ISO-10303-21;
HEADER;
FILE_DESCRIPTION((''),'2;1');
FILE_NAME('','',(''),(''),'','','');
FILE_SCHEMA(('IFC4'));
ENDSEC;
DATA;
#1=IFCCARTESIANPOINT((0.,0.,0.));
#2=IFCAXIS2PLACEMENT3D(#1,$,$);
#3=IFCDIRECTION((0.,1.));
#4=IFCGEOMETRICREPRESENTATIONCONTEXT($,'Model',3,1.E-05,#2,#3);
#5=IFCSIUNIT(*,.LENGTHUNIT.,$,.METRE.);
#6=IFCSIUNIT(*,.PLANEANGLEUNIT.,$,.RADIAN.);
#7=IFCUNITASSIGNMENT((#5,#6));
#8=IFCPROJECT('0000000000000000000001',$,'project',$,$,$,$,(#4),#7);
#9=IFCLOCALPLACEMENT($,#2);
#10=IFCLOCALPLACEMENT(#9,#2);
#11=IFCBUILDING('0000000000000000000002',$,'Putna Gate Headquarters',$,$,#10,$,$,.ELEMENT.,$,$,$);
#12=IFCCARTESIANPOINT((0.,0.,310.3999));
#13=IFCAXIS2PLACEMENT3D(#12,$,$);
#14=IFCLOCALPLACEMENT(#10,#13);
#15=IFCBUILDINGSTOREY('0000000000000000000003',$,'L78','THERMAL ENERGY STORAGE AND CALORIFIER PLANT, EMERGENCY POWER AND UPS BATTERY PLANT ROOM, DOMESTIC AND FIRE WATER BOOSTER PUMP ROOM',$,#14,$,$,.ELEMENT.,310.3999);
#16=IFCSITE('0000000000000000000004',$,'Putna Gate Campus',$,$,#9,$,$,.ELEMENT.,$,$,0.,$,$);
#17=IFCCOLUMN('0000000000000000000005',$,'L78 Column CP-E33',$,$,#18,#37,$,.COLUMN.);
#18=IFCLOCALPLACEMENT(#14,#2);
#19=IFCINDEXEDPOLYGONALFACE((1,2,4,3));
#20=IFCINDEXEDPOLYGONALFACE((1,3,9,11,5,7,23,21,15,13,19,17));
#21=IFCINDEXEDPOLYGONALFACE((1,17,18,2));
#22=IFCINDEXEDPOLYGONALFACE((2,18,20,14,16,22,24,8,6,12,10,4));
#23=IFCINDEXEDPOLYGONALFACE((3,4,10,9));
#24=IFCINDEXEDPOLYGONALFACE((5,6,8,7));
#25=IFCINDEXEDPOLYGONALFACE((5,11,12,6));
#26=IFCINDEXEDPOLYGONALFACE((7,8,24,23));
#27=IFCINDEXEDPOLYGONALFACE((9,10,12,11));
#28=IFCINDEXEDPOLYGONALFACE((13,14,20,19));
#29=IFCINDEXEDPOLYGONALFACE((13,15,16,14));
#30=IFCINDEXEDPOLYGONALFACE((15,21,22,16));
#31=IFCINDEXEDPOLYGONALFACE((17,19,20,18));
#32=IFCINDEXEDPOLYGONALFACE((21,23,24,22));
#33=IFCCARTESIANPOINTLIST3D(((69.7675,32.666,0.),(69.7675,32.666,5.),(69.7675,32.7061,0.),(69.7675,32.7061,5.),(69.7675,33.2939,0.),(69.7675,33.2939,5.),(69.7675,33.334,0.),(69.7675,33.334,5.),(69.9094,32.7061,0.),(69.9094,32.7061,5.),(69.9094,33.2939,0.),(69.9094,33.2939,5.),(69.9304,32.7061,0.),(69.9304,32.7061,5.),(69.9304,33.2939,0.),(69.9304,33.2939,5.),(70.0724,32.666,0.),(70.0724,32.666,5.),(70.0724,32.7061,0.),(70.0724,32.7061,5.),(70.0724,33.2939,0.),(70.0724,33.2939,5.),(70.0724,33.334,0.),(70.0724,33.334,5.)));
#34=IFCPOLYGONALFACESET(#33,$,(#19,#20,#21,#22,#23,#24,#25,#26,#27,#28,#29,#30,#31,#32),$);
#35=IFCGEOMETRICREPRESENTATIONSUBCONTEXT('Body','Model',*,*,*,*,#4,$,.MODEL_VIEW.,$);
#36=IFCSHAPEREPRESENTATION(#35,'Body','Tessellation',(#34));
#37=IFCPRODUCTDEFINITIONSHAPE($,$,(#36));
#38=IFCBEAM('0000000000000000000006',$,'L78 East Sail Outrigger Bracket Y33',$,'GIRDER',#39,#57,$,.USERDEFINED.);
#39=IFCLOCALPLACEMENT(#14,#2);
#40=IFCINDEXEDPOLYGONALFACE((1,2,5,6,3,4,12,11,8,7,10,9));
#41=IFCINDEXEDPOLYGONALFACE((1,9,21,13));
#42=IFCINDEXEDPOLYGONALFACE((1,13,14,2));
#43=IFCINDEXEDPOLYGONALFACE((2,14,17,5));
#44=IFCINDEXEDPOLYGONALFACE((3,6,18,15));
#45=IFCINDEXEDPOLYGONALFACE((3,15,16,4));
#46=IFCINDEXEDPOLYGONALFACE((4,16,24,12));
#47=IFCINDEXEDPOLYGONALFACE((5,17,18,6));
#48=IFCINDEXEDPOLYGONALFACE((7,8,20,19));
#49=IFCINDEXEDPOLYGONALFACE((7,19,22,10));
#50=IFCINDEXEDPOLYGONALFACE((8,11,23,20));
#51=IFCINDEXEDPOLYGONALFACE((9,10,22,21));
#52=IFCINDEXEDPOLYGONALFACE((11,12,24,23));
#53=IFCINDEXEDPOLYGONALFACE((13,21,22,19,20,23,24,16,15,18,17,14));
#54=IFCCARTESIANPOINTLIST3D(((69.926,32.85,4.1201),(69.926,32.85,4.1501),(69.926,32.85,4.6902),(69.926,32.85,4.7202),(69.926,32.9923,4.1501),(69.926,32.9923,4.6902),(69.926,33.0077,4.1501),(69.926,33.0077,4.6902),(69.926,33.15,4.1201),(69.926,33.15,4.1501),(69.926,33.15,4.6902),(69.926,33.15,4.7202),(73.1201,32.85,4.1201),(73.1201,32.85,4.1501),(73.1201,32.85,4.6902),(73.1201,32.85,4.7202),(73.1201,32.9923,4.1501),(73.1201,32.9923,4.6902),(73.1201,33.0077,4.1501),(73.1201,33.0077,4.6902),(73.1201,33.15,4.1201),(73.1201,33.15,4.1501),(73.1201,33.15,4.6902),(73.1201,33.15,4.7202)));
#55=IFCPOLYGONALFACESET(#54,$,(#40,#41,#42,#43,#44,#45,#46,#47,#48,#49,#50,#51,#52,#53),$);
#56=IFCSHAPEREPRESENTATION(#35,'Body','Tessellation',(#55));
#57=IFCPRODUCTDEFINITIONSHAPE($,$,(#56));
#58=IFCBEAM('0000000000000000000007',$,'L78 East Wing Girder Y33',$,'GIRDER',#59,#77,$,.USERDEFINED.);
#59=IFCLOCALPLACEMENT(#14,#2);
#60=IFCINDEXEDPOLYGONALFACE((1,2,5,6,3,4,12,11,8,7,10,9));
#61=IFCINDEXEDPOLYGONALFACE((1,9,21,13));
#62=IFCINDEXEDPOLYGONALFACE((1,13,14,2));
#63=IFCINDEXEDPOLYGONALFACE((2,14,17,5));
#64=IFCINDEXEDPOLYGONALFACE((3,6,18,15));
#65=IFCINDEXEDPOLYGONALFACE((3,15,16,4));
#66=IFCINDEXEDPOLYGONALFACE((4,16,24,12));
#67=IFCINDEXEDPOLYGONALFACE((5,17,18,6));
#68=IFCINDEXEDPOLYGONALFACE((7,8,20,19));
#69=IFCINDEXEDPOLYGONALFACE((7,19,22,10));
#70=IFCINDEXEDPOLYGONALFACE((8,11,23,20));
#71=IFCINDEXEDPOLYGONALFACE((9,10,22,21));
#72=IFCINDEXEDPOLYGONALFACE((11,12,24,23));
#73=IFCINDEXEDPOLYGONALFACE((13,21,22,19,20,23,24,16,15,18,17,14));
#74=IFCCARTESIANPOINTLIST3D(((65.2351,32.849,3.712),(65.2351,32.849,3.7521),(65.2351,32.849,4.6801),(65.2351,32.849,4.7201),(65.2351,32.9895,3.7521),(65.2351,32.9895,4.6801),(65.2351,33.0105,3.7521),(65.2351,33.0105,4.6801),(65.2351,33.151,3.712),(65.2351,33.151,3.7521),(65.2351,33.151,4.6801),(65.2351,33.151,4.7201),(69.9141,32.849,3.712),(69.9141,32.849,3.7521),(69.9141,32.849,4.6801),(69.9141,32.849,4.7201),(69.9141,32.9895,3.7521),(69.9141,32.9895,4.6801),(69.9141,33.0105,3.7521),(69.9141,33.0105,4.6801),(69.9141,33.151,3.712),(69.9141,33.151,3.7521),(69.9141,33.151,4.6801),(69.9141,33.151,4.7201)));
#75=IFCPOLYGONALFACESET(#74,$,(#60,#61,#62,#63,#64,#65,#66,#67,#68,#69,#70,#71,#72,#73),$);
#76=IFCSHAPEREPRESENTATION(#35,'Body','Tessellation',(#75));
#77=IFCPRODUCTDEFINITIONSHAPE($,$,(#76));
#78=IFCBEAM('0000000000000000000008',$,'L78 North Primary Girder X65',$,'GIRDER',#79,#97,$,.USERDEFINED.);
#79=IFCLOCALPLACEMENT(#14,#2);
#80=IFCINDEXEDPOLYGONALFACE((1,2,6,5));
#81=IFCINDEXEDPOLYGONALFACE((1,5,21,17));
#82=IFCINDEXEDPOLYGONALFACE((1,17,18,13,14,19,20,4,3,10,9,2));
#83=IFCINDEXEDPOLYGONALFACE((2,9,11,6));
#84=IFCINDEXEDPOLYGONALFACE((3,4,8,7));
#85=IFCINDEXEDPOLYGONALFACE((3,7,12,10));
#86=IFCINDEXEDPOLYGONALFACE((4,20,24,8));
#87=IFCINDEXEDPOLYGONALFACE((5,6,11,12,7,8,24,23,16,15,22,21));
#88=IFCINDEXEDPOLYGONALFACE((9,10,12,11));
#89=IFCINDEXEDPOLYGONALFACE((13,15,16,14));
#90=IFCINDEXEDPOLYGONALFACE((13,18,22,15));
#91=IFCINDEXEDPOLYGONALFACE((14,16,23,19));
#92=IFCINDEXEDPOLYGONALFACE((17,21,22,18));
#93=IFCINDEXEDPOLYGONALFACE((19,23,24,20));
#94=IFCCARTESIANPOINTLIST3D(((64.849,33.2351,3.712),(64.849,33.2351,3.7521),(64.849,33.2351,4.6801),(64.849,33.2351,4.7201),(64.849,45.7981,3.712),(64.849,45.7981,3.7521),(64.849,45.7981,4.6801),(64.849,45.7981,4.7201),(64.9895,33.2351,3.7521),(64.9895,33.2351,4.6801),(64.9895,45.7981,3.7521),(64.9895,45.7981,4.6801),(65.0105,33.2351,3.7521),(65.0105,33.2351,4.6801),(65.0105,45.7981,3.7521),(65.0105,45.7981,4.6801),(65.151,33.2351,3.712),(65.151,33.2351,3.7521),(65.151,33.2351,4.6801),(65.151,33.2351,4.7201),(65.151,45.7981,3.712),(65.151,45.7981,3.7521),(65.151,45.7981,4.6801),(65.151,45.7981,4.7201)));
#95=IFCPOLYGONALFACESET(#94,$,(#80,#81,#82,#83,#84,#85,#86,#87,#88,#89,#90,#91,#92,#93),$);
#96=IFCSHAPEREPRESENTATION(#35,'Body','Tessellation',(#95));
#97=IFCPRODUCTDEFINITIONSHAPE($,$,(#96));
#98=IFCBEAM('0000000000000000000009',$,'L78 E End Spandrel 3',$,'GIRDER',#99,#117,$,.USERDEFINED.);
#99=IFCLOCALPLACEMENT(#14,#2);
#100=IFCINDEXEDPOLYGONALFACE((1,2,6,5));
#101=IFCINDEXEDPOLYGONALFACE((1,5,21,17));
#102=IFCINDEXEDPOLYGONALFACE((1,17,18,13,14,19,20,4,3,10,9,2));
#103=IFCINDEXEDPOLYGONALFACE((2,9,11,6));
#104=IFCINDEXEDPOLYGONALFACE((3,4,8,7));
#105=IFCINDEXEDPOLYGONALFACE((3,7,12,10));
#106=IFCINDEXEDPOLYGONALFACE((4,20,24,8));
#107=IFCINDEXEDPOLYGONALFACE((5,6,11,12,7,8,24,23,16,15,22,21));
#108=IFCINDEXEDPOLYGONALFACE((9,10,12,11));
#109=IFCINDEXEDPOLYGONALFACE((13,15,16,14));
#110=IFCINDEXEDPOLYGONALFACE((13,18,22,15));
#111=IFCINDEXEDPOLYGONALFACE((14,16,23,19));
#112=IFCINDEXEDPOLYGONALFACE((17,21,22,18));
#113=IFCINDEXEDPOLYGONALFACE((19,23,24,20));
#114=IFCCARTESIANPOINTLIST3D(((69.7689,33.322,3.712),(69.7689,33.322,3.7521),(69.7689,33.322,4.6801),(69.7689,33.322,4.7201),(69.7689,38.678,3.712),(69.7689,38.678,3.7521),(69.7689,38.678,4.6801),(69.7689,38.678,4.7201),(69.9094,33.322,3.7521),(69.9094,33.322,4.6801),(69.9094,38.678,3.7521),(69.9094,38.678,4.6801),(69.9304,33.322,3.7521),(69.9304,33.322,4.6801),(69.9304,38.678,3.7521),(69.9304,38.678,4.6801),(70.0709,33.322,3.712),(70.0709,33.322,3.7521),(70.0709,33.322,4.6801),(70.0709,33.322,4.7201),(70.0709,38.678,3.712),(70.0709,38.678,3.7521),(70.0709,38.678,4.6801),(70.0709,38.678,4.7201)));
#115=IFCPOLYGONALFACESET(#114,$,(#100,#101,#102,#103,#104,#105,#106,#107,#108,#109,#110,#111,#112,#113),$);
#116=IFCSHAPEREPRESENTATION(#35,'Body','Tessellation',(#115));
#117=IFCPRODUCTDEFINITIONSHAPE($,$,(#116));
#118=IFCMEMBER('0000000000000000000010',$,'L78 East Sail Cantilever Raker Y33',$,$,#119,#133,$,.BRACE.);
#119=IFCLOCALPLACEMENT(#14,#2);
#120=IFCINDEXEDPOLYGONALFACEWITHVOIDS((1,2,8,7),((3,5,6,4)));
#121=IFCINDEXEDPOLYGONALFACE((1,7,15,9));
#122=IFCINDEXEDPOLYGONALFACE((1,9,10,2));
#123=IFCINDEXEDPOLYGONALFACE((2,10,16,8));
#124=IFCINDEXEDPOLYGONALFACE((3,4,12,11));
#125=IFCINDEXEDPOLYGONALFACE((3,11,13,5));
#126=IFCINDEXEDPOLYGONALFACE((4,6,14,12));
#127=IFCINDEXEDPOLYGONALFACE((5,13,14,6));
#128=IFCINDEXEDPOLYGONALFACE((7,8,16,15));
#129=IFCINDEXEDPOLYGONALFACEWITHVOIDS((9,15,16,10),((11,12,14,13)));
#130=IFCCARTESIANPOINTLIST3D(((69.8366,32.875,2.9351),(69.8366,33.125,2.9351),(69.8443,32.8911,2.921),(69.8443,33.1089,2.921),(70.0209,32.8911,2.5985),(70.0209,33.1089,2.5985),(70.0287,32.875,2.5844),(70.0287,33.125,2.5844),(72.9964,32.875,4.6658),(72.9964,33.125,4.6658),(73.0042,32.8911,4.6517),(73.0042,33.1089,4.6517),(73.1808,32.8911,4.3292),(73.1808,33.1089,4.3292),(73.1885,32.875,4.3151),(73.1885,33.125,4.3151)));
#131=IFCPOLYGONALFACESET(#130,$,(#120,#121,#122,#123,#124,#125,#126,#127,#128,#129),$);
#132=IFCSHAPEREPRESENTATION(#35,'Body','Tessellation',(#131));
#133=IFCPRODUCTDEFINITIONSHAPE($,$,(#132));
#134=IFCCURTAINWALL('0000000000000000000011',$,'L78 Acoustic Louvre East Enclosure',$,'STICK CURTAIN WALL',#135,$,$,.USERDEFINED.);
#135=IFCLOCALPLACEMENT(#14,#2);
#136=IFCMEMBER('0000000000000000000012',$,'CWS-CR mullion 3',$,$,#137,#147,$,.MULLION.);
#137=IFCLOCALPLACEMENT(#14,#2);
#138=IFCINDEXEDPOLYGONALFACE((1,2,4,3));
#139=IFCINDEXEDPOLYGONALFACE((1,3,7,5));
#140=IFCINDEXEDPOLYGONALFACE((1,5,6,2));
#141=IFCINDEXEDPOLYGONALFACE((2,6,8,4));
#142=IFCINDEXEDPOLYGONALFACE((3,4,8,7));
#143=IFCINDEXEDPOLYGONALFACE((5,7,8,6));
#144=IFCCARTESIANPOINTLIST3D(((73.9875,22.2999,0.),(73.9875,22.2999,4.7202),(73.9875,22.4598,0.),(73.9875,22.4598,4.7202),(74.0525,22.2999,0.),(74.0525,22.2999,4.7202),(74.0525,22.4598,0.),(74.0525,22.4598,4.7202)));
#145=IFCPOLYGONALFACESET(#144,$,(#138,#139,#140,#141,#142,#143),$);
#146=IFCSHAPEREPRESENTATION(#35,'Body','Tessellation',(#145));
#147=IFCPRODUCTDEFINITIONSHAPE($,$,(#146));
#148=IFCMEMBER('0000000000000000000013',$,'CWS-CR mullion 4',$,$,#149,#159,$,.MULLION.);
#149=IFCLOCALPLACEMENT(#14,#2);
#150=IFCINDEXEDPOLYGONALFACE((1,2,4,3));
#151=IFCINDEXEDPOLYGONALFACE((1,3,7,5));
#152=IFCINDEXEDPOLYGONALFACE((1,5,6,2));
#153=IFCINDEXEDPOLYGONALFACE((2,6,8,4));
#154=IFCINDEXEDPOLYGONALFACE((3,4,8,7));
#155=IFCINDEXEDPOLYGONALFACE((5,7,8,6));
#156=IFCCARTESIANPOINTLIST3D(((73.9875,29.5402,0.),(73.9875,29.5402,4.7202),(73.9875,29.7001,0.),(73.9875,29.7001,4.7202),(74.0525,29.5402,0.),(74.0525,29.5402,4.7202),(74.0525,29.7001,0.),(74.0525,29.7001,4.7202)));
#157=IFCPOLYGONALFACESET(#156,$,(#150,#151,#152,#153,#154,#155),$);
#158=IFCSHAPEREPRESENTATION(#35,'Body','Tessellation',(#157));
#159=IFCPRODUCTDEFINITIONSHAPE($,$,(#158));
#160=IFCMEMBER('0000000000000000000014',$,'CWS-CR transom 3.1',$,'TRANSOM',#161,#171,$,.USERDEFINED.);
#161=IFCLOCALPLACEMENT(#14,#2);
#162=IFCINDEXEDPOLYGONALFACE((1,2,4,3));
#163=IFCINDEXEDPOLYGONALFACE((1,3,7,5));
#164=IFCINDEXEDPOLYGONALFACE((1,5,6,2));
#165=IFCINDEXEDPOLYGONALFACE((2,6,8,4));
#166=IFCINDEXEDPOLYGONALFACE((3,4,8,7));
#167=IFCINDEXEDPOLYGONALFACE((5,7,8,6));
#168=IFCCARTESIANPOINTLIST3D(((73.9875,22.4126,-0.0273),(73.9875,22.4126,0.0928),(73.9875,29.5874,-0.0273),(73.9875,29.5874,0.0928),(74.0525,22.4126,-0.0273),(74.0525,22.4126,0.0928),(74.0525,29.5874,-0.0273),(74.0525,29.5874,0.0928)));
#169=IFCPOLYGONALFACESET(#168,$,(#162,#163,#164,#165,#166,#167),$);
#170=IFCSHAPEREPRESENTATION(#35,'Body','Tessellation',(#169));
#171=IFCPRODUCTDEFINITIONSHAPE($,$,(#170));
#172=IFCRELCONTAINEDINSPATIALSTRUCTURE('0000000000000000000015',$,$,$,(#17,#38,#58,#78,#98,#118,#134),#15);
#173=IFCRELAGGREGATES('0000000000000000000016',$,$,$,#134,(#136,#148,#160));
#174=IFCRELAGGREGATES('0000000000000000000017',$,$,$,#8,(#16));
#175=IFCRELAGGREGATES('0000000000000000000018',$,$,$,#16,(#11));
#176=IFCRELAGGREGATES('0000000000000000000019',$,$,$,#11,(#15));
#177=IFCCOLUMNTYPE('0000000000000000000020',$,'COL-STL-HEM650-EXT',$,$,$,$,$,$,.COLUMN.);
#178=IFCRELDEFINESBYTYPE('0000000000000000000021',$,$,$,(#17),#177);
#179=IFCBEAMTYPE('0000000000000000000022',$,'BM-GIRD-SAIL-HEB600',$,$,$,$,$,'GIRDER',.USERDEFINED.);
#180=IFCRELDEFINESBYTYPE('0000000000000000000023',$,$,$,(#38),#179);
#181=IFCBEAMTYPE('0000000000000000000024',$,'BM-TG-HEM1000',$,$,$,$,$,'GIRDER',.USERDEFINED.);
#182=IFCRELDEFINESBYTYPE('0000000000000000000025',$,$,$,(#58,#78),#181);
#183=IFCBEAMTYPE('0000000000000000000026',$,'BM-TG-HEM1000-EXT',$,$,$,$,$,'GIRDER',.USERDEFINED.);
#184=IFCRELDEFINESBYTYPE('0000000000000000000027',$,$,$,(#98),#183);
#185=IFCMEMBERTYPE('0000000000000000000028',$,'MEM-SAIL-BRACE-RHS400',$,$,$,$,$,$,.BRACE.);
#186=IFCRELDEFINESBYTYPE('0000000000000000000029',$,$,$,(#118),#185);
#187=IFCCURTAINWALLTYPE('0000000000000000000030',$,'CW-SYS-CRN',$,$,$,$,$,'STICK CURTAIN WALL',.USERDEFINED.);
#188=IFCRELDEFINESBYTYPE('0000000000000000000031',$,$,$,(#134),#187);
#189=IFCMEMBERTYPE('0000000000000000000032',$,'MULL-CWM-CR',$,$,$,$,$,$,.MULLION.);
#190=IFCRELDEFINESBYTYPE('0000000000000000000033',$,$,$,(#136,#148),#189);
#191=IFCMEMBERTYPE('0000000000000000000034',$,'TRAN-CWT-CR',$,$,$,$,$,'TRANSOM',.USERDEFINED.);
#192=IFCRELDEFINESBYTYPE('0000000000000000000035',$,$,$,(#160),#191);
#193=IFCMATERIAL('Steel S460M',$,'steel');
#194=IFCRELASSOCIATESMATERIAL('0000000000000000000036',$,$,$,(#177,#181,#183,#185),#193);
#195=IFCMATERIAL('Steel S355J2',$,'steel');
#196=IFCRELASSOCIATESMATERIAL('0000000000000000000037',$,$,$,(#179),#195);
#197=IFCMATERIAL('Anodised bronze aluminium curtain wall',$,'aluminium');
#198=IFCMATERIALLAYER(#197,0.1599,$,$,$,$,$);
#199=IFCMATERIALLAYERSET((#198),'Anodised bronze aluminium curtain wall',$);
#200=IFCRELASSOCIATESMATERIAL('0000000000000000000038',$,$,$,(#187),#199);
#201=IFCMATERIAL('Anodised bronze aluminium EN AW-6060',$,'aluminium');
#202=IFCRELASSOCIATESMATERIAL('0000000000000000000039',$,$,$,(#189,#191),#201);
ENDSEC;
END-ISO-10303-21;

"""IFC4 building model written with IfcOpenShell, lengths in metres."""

from ifc_helpers import new_model, si_unit, direction, frame, origin, origin_2d, place, context, subcontext, project, spatial, rectangle, hollow_rectangle, i_section, extrude, material, layer, layer_set, material_profile, profile_set, type_object, element, aggregate, save


model = new_model("IFC4")

# Units and contexts
model_context = context("Model", 3, precision=1e-05, world=origin(), true_north=direction((0.0, 1.0)))
body_context = subcontext(model_context, "Body", "Model", "MODEL_VIEW")
ifc_project = project(units=[si_unit("LENGTHUNIT", "METRE"), si_unit("PLANEANGLEUNIT", "RADIAN")], contexts=[model_context])

# Site, building, storey
site_placement = place(None, origin())
site = spatial("IfcSite", under=ifc_project, at=site_placement, Name="Putna Gate Campus", CompositionType="ELEMENT", RefElevation=0.0)
building_placement = place(site_placement, origin())
building = spatial("IfcBuilding", under=site, at=building_placement, Name="Putna Gate Headquarters", CompositionType="ELEMENT")
storey_placement = place(building_placement, frame((0.0, 0.0, 310.3999)))
storey = spatial("IfcBuildingStorey", under=building, at=storey_placement, Name="L78", Description="THERMAL ENERGY STORAGE AND CALORIFIER PLANT, EMERGENCY POWER AND UPS BATTERY PLANT ROOM, DOMESTIC AND FIRE WATER BOOSTER PUMP ROOM", CompositionType="ELEMENT", Elevation=310.3999)

# Column
ifc_material_1 = material(Name="Steel S460M", Category="steel")
ifc_material_profile_1 = material_profile(ifc_material_1, i_section(OverallWidth=0.3049, OverallDepth=0.668, WebThickness=0.021, FlangeThickness=0.04, at=origin_2d()), Name="Steel S460M")
ifc_profile_set_1 = profile_set([ifc_material_profile_1], Name="Steel S460M")
column_type = type_object("IfcColumnType", Name="COL-STL-HEM650-EXT", PredefinedType="COLUMN", material=ifc_profile_set_1)
column_placement = place(storey_placement, frame((69.9199, 33.0, 0.0), z_axis=(0.0, 0.0, 1.0), x_axis=(1.0, 0.0, 0.0)))
element("IfcColumn", 1, at=column_placement, inside=storey, type_object=column_type, Name="L78 Column CP-E33", PredefinedType="COLUMN", context=body_context, shape_type="SweptSolid", body=[
    extrude(i_section(OverallWidth=0.3049, OverallDepth=0.668, WebThickness=0.021, FlangeThickness=0.04, at=origin_2d()), origin(), (0.0, 0.0, 1.0), 5.0),
])

# Beams
ifc_material_2 = material(Name="Steel S355J2", Category="steel")
ifc_material_profile_2 = material_profile(ifc_material_2, i_section(OverallWidth=0.3, OverallDepth=0.6001, WebThickness=0.0154, FlangeThickness=0.03, at=origin_2d()), Name="Steel S355J2")
ifc_profile_set_2 = profile_set([ifc_material_profile_2], Name="Steel S355J2")
beam_type_1 = type_object("IfcBeamType", Name="BM-GIRD-SAIL-HEB600", ElementType="GIRDER", PredefinedType="USERDEFINED", material=ifc_profile_set_2)
beam_1_placement = place(storey_placement, frame((69.926, 33.0, 4.4202), z_axis=(1.0, 0.0, 0.0), x_axis=(0.0, 1.0, 0.0)))
element("IfcBeam", 2, at=beam_1_placement, inside=storey, type_object=beam_type_1, Name="L78 East Sail Outrigger Bracket Y33", ObjectType="GIRDER", PredefinedType="USERDEFINED", context=body_context, shape_type="SweptSolid", body=[
    extrude(i_section(OverallWidth=0.3, OverallDepth=0.6001, WebThickness=0.0154, FlangeThickness=0.03, at=origin_2d()), origin(), (0.0, 0.0, 1.0), 3.1941),
])
ifc_material_profile_3 = material_profile(ifc_material_1, i_section(OverallWidth=0.302, OverallDepth=1.0081, WebThickness=0.021, FlangeThickness=0.04, at=origin_2d()), Name="Steel S460M")
ifc_profile_set_3 = profile_set([ifc_material_profile_3], Name="Steel S460M")
beam_type_2 = type_object("IfcBeamType", Name="BM-TG-HEM1000", ElementType="GIRDER", PredefinedType="USERDEFINED", material=ifc_profile_set_3)
beam_2_placement = place(storey_placement, frame((65.2351, 33.0, 4.2161), z_axis=(1.0, 0.0, 0.0), x_axis=(0.0, 1.0, 0.0)))
element("IfcBeam", 3, at=beam_2_placement, inside=storey, type_object=beam_type_2, Name="L78 East Wing Girder Y33", ObjectType="GIRDER", PredefinedType="USERDEFINED", context=body_context, shape_type="SweptSolid", body=[
    extrude(i_section(OverallWidth=0.302, OverallDepth=1.0081, WebThickness=0.021, FlangeThickness=0.04, at=origin_2d()), origin(), (0.0, 0.0, 1.0), 4.679),
])
beam_3_placement = place(storey_placement, frame((65.0, 33.2351, 4.2161), z_axis=(0.0, 1.0, 0.0), x_axis=(-1.0, 0.0, 0.0)))
element("IfcBeam", 4, at=beam_3_placement, inside=storey, type_object=beam_type_2, Name="L78 North Primary Girder X65", ObjectType="GIRDER", PredefinedType="USERDEFINED", context=body_context, shape_type="SweptSolid", body=[
    extrude(i_section(OverallWidth=0.302, OverallDepth=1.0081, WebThickness=0.021, FlangeThickness=0.04, at=origin_2d()), origin(), (0.0, 0.0, 1.0), 12.563),
])
ifc_material_profile_4 = material_profile(ifc_material_1, i_section(OverallWidth=0.302, OverallDepth=1.0081, WebThickness=0.021, FlangeThickness=0.04, at=origin_2d()), Name="Steel S460M")
ifc_profile_set_4 = profile_set([ifc_material_profile_4], Name="Steel S460M")
beam_type_3 = type_object("IfcBeamType", Name="BM-TG-HEM1000-EXT", ElementType="GIRDER", PredefinedType="USERDEFINED", material=ifc_profile_set_4)
beam_4_placement = place(storey_placement, frame((69.9199, 33.322, 4.2161), z_axis=(0.0, 1.0, 0.0), x_axis=(-1.0, 0.0, 0.0)))
element("IfcBeam", 5, at=beam_4_placement, inside=storey, type_object=beam_type_3, Name="L78 E End Spandrel 3", ObjectType="GIRDER", PredefinedType="USERDEFINED", context=body_context, shape_type="SweptSolid", body=[
    extrude(i_section(OverallWidth=0.302, OverallDepth=1.0081, WebThickness=0.021, FlangeThickness=0.04, at=origin_2d()), origin(), (0.0, 0.0, 1.0), 5.356),
])

# Member
ifc_material_profile_5 = material_profile(ifc_material_1, hollow_rectangle(XDim=0.25, YDim=0.3999, WallThickness=0.0161, at=origin_2d()), Name="Steel S460M")
ifc_profile_set_5 = profile_set([ifc_material_profile_5], Name="Steel S460M")
member_type_1 = type_object("IfcMemberType", Name="MEM-SAIL-BRACE-RHS400", PredefinedType="BRACE", material=ifc_profile_set_5)
member_1_placement = place(storey_placement, frame((69.9326, 33.0, 2.7598), z_axis=(0.877063, 0.0, 0.480375), x_axis=(0.0, 1.0, 0.0)))
element("IfcMember", 6, at=member_1_placement, inside=storey, type_object=member_type_1, Name="L78 East Sail Cantilever Raker Y33", PredefinedType="BRACE", context=body_context, shape_type="SweptSolid", body=[
    extrude(hollow_rectangle(XDim=0.25, YDim=0.3999, WallThickness=0.0161, at=origin_2d()), origin(), (0.0, 0.0, 1.0), 3.6028),
])

# Curtain wall, members
ifc_material_3 = material(Name="Anodised bronze aluminium curtain wall", Category="aluminium")
ifc_layer_1 = layer(ifc_material_3, 0.1599)
ifc_layer_set_1 = layer_set([ifc_layer_1], Name="Anodised bronze aluminium curtain wall")
curtain_wall_type = type_object("IfcCurtainWallType", Name="CW-SYS-CRN", ElementType="STICK CURTAIN WALL", PredefinedType="USERDEFINED", material=ifc_layer_set_1)
curtain_wall_placement = place(storey_placement, origin())
curtain_wall = element("IfcCurtainWall", 7, at=curtain_wall_placement, inside=storey, type_object=curtain_wall_type, Name="L78 Acoustic Louvre East Enclosure", ObjectType="STICK CURTAIN WALL", PredefinedType="USERDEFINED")
ifc_material_4 = material(Name="Anodised bronze aluminium EN AW-6060", Category="aluminium")
ifc_material_profile_6 = material_profile(ifc_material_4, rectangle(XDim=0.0649, YDim=0.1599, at=origin_2d()), Name="Anodised bronze aluminium EN AW-6060")
ifc_profile_set_6 = profile_set([ifc_material_profile_6], Name="Anodised bronze aluminium EN AW-6060")
member_type_2 = type_object("IfcMemberType", Name="MULL-CWM-CR", PredefinedType="MULLION", material=ifc_profile_set_6)
member_2_placement = place(storey_placement, frame((74.02, 22.3799, 0.0), z_axis=(0.0, 0.0, 1.0), x_axis=(-1.0, 0.0, 0.0)))
member_2 = element("IfcMember", 8, at=member_2_placement, type_object=member_type_2, Name="CWS-CR mullion 3", PredefinedType="MULLION", context=body_context, shape_type="SweptSolid", body=[
    extrude(rectangle(XDim=0.0649, YDim=0.1599, at=origin_2d()), origin(), (0.0, 0.0, 1.0), 4.7202),
])
member_3_placement = place(storey_placement, frame((74.02, 29.6201, 0.0), z_axis=(0.0, 0.0, 1.0), x_axis=(-1.0, 0.0, 0.0)))
member_3 = element("IfcMember", 9, at=member_3_placement, type_object=member_type_2, Name="CWS-CR mullion 4", PredefinedType="MULLION", context=body_context, shape_type="SweptSolid", body=[
    extrude(rectangle(XDim=0.0649, YDim=0.1599, at=origin_2d()), origin(), (0.0, 0.0, 1.0), 4.7202),
])
ifc_material_profile_7 = material_profile(ifc_material_4, rectangle(XDim=0.0649, YDim=0.1201, at=origin_2d()), Name="Anodised bronze aluminium EN AW-6060")
ifc_profile_set_7 = profile_set([ifc_material_profile_7], Name="Anodised bronze aluminium EN AW-6060")
member_type_3 = type_object("IfcMemberType", Name="TRAN-CWT-CR", ElementType="TRANSOM", PredefinedType="USERDEFINED", material=ifc_profile_set_7)
member_4_placement = place(storey_placement, frame((74.02, 22.4126, 0.0327), z_axis=(0.0, 1.0, 0.0), x_axis=(-1.0, 0.0, 0.0)))
member_4 = element("IfcMember", 10, at=member_4_placement, type_object=member_type_3, Name="CWS-CR transom 3.1", ObjectType="TRANSOM", PredefinedType="USERDEFINED", context=body_context, shape_type="SweptSolid", body=[
    extrude(rectangle(XDim=0.0649, YDim=0.1201, at=origin_2d()), origin(), (0.0, 0.0, 1.0), 7.1748),
])
aggregate(curtain_wall, [member_2, member_3, member_4])

save(model, "model.ifc")
